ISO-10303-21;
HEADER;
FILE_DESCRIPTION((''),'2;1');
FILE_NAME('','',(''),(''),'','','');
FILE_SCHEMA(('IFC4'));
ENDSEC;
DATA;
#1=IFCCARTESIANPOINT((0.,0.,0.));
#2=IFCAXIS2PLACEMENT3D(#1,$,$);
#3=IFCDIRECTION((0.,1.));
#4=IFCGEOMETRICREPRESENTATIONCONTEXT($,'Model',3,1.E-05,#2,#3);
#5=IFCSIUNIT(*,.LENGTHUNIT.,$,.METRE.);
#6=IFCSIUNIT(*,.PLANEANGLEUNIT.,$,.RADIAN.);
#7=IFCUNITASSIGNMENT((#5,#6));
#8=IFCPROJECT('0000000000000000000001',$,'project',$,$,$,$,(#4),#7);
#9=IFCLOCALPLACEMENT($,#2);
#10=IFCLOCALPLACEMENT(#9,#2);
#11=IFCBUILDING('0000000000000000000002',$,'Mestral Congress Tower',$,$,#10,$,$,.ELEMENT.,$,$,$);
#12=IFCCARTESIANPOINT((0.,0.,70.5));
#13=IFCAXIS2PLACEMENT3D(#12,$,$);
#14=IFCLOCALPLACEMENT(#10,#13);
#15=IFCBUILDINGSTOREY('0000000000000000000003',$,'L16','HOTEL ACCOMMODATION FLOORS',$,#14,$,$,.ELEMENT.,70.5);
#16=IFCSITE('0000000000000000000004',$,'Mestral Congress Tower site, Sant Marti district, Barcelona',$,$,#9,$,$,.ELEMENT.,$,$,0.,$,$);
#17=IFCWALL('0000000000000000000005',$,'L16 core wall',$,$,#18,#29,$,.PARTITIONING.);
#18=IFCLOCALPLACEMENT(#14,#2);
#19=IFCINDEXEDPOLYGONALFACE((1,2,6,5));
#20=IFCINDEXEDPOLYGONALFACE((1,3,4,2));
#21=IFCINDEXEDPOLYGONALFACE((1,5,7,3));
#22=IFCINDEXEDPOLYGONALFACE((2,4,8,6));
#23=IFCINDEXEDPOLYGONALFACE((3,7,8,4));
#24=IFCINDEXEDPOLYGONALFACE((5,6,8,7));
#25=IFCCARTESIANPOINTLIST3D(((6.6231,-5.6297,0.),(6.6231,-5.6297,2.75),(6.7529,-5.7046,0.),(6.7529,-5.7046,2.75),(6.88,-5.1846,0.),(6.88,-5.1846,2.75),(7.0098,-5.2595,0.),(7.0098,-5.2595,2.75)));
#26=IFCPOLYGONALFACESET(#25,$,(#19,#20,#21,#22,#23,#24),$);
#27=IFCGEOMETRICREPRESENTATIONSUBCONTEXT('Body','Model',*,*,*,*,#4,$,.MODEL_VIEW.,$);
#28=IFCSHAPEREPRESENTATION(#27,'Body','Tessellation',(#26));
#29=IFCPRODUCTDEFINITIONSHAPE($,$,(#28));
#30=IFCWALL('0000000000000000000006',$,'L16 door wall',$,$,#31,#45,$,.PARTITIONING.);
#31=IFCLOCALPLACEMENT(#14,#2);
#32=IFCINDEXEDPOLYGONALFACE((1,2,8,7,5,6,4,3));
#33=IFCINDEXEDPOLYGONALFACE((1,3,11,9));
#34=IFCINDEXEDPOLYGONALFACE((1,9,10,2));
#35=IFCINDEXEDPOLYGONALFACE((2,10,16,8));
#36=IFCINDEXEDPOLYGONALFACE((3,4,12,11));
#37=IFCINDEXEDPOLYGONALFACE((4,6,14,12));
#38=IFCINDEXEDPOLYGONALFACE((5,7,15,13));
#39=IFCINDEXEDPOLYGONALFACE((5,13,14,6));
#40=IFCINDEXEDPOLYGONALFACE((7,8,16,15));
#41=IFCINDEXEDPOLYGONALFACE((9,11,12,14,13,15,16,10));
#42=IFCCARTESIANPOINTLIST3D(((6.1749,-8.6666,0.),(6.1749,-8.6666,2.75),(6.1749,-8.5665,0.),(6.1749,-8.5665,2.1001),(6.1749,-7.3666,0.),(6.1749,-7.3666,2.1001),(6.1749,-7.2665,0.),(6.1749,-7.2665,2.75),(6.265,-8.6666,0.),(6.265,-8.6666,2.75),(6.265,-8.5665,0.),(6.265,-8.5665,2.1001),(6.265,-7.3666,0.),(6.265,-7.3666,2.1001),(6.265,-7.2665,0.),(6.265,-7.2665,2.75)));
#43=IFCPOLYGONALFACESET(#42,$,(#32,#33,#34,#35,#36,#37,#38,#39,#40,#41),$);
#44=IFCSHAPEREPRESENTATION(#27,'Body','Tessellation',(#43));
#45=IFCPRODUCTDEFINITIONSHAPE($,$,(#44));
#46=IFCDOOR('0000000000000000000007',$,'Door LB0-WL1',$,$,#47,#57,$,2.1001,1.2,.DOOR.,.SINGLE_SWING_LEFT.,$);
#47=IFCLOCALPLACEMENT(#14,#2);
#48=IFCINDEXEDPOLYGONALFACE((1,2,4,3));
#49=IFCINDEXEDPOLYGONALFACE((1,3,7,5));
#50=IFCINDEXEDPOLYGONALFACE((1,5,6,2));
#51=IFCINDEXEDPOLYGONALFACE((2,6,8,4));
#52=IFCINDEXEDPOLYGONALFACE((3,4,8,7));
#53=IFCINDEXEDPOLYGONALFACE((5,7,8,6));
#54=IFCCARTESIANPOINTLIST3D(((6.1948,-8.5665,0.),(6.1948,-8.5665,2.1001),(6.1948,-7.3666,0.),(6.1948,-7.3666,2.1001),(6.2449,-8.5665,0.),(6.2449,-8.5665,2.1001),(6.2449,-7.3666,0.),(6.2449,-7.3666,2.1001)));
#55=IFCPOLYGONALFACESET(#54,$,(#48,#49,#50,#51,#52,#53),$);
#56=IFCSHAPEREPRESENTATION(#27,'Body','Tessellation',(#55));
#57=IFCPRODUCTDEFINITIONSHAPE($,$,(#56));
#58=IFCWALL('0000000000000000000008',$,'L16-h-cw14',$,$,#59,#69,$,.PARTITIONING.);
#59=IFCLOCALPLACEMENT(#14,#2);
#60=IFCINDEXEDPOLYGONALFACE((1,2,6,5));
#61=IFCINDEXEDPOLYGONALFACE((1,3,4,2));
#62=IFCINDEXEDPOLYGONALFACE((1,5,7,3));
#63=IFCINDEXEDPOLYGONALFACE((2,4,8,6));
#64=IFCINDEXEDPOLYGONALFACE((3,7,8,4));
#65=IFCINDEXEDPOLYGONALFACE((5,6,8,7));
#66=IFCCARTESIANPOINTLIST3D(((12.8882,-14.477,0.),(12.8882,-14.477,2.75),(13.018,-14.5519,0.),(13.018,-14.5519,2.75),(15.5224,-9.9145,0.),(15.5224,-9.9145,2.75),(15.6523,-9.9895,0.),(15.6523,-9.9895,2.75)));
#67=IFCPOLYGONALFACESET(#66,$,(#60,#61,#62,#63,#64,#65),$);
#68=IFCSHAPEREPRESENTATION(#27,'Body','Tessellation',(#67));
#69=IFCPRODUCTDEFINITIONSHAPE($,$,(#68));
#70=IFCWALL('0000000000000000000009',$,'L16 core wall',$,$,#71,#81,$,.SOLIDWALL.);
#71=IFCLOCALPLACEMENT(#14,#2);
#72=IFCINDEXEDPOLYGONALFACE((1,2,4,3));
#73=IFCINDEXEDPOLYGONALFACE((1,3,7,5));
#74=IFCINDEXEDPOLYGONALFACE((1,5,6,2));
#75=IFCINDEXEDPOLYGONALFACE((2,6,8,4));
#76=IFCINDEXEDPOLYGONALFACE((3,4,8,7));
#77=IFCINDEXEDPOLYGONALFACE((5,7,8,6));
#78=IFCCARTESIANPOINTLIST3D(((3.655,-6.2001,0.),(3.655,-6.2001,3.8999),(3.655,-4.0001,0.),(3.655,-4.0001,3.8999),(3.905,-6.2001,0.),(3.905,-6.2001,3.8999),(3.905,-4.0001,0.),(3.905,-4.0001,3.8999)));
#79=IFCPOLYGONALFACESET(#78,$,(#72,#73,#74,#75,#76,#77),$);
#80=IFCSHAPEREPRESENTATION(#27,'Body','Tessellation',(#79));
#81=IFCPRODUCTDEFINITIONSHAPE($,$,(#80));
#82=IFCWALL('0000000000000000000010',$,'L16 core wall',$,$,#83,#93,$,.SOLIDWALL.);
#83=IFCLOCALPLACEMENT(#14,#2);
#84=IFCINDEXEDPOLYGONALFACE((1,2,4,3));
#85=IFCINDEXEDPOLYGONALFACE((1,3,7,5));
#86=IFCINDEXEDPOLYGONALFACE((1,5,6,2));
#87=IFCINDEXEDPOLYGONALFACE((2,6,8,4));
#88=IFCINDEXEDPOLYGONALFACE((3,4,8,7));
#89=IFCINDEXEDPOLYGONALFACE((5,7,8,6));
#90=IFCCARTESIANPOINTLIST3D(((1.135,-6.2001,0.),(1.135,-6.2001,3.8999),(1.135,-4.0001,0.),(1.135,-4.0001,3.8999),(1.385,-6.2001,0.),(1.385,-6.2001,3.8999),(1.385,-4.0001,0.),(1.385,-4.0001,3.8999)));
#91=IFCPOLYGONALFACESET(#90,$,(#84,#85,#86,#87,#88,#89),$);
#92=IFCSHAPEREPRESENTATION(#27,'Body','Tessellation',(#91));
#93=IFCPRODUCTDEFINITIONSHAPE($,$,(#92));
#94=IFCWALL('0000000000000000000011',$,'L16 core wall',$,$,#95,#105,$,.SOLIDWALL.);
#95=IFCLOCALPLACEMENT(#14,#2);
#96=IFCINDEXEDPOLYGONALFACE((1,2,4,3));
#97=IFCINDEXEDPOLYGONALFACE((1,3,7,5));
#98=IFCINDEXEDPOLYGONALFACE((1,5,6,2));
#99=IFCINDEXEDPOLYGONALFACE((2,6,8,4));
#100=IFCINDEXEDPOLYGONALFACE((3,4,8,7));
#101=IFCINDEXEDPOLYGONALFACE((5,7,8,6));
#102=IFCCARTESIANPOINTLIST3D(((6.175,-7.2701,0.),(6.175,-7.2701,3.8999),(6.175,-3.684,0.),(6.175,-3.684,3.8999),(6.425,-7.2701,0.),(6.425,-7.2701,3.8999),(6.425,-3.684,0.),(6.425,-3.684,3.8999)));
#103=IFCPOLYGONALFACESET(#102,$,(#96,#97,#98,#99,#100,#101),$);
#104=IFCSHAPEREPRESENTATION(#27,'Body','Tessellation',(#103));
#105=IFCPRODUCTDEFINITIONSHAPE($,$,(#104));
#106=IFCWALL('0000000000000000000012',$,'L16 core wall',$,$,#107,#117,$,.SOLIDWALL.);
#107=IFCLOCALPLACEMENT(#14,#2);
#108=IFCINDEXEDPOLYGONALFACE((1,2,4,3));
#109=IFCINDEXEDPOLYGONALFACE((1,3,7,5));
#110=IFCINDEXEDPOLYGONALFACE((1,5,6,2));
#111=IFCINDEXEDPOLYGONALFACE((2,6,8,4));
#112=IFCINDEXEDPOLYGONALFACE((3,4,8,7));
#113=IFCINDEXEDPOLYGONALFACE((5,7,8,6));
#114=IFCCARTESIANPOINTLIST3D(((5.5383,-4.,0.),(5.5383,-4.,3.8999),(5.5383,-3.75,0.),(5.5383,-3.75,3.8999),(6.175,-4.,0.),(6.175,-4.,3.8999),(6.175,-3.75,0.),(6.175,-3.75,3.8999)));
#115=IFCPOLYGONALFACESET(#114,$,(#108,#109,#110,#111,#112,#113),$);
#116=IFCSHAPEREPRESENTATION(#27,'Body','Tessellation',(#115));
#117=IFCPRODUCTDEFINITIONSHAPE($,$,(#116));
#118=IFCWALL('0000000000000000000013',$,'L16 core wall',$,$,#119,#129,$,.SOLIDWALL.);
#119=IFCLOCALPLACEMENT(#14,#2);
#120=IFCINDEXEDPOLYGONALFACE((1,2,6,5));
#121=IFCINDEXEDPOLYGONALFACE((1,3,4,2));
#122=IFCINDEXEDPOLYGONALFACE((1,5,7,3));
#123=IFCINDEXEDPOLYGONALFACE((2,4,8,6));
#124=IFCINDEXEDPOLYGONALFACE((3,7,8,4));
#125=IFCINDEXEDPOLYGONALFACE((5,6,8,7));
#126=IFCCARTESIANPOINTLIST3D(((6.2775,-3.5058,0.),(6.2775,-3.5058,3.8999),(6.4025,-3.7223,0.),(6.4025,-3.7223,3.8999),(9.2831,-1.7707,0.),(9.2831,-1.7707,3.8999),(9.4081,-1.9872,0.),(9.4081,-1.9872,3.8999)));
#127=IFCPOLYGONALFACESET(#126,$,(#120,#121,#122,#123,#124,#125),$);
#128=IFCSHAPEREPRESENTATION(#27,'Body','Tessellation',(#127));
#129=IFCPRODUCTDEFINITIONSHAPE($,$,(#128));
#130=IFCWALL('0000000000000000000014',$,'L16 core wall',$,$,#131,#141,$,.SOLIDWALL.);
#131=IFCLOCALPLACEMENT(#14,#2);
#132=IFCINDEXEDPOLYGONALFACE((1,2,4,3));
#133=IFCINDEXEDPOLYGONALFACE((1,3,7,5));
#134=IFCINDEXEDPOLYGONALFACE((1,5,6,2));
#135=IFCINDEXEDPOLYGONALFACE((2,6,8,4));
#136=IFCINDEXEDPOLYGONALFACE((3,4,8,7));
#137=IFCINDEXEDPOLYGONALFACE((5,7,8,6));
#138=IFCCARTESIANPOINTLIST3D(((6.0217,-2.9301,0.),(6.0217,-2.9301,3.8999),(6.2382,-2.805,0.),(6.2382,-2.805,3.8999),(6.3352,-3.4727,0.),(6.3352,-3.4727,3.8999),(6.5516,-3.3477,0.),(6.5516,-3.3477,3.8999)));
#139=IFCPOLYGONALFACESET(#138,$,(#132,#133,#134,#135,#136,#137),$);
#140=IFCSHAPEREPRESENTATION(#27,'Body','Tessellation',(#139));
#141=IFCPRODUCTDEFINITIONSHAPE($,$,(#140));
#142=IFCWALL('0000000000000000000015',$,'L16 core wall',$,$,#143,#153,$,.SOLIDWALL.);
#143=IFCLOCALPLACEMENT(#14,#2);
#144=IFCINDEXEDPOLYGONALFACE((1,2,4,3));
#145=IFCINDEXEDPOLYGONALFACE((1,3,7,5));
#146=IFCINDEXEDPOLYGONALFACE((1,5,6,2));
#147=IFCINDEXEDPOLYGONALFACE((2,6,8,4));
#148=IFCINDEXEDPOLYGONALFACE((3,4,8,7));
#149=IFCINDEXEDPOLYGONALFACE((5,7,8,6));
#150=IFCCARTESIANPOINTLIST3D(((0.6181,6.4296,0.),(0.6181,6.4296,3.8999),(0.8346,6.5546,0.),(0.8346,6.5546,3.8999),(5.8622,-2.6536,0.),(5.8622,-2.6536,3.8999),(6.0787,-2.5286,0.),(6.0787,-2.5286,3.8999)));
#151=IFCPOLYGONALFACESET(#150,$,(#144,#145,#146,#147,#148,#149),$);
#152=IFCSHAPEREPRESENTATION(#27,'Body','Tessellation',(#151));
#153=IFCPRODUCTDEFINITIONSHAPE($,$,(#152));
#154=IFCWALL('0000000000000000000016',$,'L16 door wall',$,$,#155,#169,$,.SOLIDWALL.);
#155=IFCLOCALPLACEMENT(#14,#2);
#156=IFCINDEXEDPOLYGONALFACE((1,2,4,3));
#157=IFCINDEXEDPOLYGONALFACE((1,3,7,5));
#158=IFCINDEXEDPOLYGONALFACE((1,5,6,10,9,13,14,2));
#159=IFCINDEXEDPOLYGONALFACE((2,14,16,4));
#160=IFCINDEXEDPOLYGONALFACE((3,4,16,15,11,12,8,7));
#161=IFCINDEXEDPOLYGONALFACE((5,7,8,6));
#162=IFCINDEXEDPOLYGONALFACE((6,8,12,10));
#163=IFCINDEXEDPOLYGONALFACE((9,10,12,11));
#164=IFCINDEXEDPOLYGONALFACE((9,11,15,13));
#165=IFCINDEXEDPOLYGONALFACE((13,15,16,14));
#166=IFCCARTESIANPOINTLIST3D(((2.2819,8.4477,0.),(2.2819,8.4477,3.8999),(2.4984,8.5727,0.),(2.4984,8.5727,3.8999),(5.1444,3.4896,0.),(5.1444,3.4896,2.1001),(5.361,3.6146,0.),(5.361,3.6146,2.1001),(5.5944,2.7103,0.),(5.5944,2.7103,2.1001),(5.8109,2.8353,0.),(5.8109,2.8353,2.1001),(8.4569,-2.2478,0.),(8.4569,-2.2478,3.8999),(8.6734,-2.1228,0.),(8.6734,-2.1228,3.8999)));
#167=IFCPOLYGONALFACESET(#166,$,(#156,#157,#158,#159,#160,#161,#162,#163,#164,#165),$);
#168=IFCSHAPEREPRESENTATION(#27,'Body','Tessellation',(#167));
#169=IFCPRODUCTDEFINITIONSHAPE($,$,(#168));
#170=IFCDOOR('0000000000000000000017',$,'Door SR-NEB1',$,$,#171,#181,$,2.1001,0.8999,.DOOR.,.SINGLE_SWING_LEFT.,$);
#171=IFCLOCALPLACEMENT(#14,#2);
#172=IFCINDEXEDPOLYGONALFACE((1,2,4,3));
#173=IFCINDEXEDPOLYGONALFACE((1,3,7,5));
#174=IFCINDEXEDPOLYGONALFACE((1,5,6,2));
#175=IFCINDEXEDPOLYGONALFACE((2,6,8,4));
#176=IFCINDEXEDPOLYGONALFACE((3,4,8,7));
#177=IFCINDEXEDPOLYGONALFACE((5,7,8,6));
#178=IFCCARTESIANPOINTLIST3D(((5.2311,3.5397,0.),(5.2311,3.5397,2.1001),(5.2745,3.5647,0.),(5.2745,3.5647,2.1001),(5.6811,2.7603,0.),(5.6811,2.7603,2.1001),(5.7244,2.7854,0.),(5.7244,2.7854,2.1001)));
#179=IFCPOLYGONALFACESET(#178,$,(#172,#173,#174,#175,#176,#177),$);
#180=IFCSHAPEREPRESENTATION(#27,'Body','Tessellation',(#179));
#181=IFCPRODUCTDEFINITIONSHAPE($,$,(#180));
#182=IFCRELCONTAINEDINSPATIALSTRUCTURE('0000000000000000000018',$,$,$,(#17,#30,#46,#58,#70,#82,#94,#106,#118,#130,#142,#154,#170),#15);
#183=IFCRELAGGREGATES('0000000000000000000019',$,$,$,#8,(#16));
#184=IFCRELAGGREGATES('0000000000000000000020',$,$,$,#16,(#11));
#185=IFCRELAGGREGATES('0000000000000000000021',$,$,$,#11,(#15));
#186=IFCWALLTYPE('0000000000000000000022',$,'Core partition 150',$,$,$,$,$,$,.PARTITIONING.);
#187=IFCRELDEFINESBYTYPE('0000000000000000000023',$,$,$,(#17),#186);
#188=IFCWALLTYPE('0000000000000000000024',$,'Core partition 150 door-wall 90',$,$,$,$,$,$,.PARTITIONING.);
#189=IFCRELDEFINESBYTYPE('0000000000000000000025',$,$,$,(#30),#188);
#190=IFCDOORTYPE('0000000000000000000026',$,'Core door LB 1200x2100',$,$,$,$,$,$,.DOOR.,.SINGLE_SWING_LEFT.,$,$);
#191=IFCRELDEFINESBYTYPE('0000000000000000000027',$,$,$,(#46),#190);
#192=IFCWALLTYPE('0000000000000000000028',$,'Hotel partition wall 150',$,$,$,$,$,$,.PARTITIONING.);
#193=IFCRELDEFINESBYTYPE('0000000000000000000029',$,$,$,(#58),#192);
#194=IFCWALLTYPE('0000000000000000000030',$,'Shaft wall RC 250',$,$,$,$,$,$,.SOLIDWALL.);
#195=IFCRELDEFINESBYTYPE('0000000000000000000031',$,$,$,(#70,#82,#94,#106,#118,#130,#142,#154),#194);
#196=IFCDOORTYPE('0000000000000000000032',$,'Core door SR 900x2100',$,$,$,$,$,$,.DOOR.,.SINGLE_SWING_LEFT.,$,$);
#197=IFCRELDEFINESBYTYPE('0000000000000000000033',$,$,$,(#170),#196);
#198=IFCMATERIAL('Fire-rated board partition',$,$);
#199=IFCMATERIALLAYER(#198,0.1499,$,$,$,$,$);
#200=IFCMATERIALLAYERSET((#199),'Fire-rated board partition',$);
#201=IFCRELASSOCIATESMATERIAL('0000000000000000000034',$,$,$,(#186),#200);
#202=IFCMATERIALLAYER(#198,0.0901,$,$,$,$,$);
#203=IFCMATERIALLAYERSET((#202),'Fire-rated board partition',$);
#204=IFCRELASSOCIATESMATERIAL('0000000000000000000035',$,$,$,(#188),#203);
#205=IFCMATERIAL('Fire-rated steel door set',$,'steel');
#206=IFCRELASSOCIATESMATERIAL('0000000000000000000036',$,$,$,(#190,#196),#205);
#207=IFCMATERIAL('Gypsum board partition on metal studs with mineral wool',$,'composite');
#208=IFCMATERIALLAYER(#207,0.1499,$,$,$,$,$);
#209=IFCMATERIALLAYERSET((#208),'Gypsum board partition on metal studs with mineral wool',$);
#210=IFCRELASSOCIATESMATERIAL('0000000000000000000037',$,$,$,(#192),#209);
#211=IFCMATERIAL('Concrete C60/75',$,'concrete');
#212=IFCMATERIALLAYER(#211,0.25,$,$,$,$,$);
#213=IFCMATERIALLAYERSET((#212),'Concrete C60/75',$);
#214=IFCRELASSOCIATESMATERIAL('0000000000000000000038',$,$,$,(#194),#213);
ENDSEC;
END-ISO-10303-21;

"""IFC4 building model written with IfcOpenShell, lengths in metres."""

from ifc_helpers import new_model, si_unit, direction, frame, frame_2d, origin, place, context, subcontext, project, spatial, rectangle, extrude, material, layer, layer_set, type_object, element, fill, save


model = new_model("IFC4")

# Units and contexts
model_context = context("Model", 3, precision=1e-05, world=origin(), true_north=direction((0.0, 1.0)))
body_context = subcontext(model_context, "Body", "Model", "MODEL_VIEW")
ifc_project = project(units=[si_unit("LENGTHUNIT", "METRE"), si_unit("PLANEANGLEUNIT", "RADIAN")], contexts=[model_context])

# Site, building, storey
site_placement = place(None, origin())
site = spatial("IfcSite", under=ifc_project, at=site_placement, Name="Mestral Congress Tower site, Sant Marti district, Barcelona", CompositionType="ELEMENT", RefElevation=0.0)
building_placement = place(site_placement, origin())
building = spatial("IfcBuilding", under=site, at=building_placement, Name="Mestral Congress Tower", CompositionType="ELEMENT")
storey_placement = place(building_placement, frame((0.0, 0.0, 70.5)))
storey = spatial("IfcBuildingStorey", under=building, at=storey_placement, Name="L16", Description="HOTEL ACCOMMODATION FLOORS", CompositionType="ELEMENT", Elevation=70.5)

# Wall
ifc_material_1 = material(Name="Fire-rated board partition")
ifc_layer_1 = layer(ifc_material_1, 0.1499)
ifc_layer_set_1 = layer_set([ifc_layer_1], Name="Fire-rated board partition")
wall_type_1 = type_object("IfcWallType", Name="Core partition 150", PredefinedType="PARTITIONING", material=ifc_layer_set_1)
wall_1_placement = place(storey_placement, frame((6.9448, -5.2222, 0.0), z_axis=(0.0, 0.0, 1.0), x_axis=(-0.499818, -0.86613, 0.0)))
element("IfcWall", 1, at=wall_1_placement, inside=storey, type_object=wall_type_1, Name="L16 core wall", PredefinedType="PARTITIONING", context=body_context, shape_type="SweptSolid", body=[
    extrude(rectangle(XDim=0.5139, YDim=0.1499, at=frame_2d((0.2568, 0.0))), origin(), (0.0, 0.0, 1.0), 2.75),
])

# Wall, opening, door
ifc_layer_2 = layer(ifc_material_1, 0.0901)
ifc_layer_set_2 = layer_set([ifc_layer_2], Name="Fire-rated board partition")
wall_type_2 = type_object("IfcWallType", Name="Core partition 150 door-wall 90", PredefinedType="PARTITIONING", material=ifc_layer_set_2)
wall_2_placement = place(storey_placement, frame((6.22, -7.2664, 0.0), z_axis=(0.0, 0.0, 1.0), x_axis=(0.0, -1.0, 0.0)))
wall_2 = element("IfcWall", 2, at=wall_2_placement, inside=storey, type_object=wall_type_2, Name="L16 door wall", PredefinedType="PARTITIONING", context=body_context, shape_type="SweptSolid", body=[
    extrude(rectangle(XDim=1.4001, YDim=0.0901, at=frame_2d((0.7002, 0.0))), origin(), (0.0, 0.0, 1.0), 2.75),
])
opening_1_placement = place(wall_2_placement, frame((0.1001, 0.0, 0.0)))
opening_1 = element("IfcOpeningElement", 3, at=opening_1_placement, cuts=wall_2, PredefinedType="OPENING", context=body_context, shape_type="SweptSolid", body=[
    extrude(rectangle(XDim=1.2, YDim=2.1001, at=frame_2d((0.6001, 1.05))), frame((0.0, 0.0549, 0.0), z_axis=(0.0, -1.0, 0.0), x_axis=(1.0, 0.0, 0.0)), (0.0, 0.0, 1.0), 0.1101),
])
ifc_material_2 = material(Name="Fire-rated steel door set", Category="steel")
door_type_1 = type_object("IfcDoorType", Name="Core door LB 1200x2100", OperationType="SINGLE_SWING_LEFT", PredefinedType="DOOR", material=ifc_material_2)
door_1_placement = place(opening_1_placement, origin())
door_1 = element("IfcDoor", 4, at=door_1_placement, inside=storey, type_object=door_type_1, Name="Door LB0-WL1", OperationType="SINGLE_SWING_LEFT", OverallHeight=2.1001, OverallWidth=1.2, PredefinedType="DOOR", context=body_context, shape_type="SweptSolid", body=[
    extrude(rectangle(XDim=1.2, YDim=2.1001, at=frame_2d((0.6001, 1.05))), frame((0.0, 0.0249, 0.0), z_axis=(0.0, -1.0, 0.0), x_axis=(1.0, 0.0, 0.0)), (0.0, 0.0, 1.0), 0.05),
])
fill(opening_1, door_1)

# Walls
ifc_material_3 = material(Name="Gypsum board partition on metal studs with mineral wool", Category="composite")
ifc_layer_3 = layer(ifc_material_3, 0.1499)
ifc_layer_set_3 = layer_set([ifc_layer_3], Name="Gypsum board partition on metal studs with mineral wool")
wall_type_3 = type_object("IfcWallType", Name="Hotel partition wall 150", PredefinedType="PARTITIONING", material=ifc_layer_set_3)
wall_3_placement = place(storey_placement, frame((15.5874, -9.9519, 0.0), z_axis=(0.0, 0.0, 1.0), x_axis=(-0.500017, -0.866016, 0.0)))
element("IfcWall", 5, at=wall_3_placement, inside=storey, type_object=wall_type_3, Name="L16-h-cw14", PredefinedType="PARTITIONING", context=body_context, shape_type="SweptSolid", body=[
    extrude(rectangle(XDim=5.2683, YDim=0.1499, at=frame_2d((2.6343, 0.0))), origin(), (0.0, 0.0, 1.0), 2.75),
])
ifc_material_4 = material(Name="Concrete C60/75", Category="concrete")
ifc_layer_4 = layer(ifc_material_4, 0.25)
ifc_layer_set_4 = layer_set([ifc_layer_4], Name="Concrete C60/75")
wall_type_4 = type_object("IfcWallType", Name="Shaft wall RC 250", PredefinedType="SOLIDWALL", material=ifc_layer_set_4)
for number, where, z_axis, x_axis, name in (
    (6, (3.78, -4.0, 0.0), (0.0, 0.0, 1.0), (0.0, -1.0, 0.0), "L16 core wall"),
    (7, (1.26, -4.0, 0.0), (0.0, 0.0, 1.0), (0.0, -1.0, 0.0), "L16 core wall"),
):
    element("IfcWall", number, at=place(storey_placement, frame(where, z_axis=z_axis, x_axis=x_axis)), inside=storey, type_object=wall_type_4, Name=name, PredefinedType="SOLIDWALL", context=body_context, shape_type="SweptSolid", body=[
        extrude(rectangle(XDim=2.2, YDim=0.25, at=frame_2d((1.1001, 0.0))), origin(), (0.0, 0.0, 1.0), 3.8999),
    ])
wall_4_placement = place(storey_placement, frame((6.3, -7.27, 0.0), z_axis=(0.0, 0.0, 1.0), x_axis=(0.0, 1.0, 0.0)))
element("IfcWall", 8, at=wall_4_placement, inside=storey, type_object=wall_type_4, Name="L16 core wall", PredefinedType="SOLIDWALL", context=body_context, shape_type="SweptSolid", body=[
    extrude(rectangle(XDim=3.5862, YDim=0.25, at=frame_2d((1.793, 0.0))), origin(), (0.0, 0.0, 1.0), 3.8999),
])
wall_5_placement = place(storey_placement, frame((5.5383, -3.875, 0.0), z_axis=(0.0, 0.0, 1.0), x_axis=(1.0, 0.0, 0.0)))
element("IfcWall", 9, at=wall_5_placement, inside=storey, type_object=wall_type_4, Name="L16 core wall", PredefinedType="SOLIDWALL", context=body_context, shape_type="SweptSolid", body=[
    extrude(rectangle(XDim=0.6367, YDim=0.25, at=frame_2d((0.3184, 0.0))), origin(), (0.0, 0.0, 1.0), 3.8999),
])
wall_6_placement = place(storey_placement, frame((9.3457, -1.8789, 0.0), z_axis=(0.0, 0.0, 1.0), x_axis=(-0.866049, -0.49996, 0.0)))
element("IfcWall", 10, at=wall_6_placement, inside=storey, type_object=wall_type_4, Name="L16 core wall", PredefinedType="SOLIDWALL", context=body_context, shape_type="SweptSolid", body=[
    extrude(rectangle(XDim=3.4705, YDim=0.25, at=frame_2d((1.7354, 0.0))), origin(), (0.0, 0.0, 1.0), 3.8999),
])
wall_7_placement = place(storey_placement, frame((6.1299, -2.8674, 0.0), z_axis=(0.0, 0.0, 1.0), x_axis=(0.500161, -0.865933, 0.0)))
element("IfcWall", 11, at=wall_7_placement, inside=storey, type_object=wall_type_4, Name="L16 core wall", PredefinedType="SOLIDWALL", context=body_context, shape_type="SweptSolid", body=[
    extrude(rectangle(XDim=0.6267, YDim=0.25, at=frame_2d((0.3135, 0.0))), origin(), (0.0, 0.0, 1.0), 3.8999),
])
wall_8_placement = place(storey_placement, frame((5.9705, -2.5911, 0.0), z_axis=(0.0, 0.0, 1.0), x_axis=(-0.499994, 0.866029, 0.0)))
element("IfcWall", 12, at=wall_8_placement, inside=storey, type_object=wall_type_4, Name="L16 core wall", PredefinedType="SOLIDWALL", context=body_context, shape_type="SweptSolid", body=[
    extrude(rectangle(XDim=10.4883, YDim=0.25, at=frame_2d((5.2441, 0.0))), origin(), (0.0, 0.0, 1.0), 3.8999),
])

# Wall, opening, door
wall_9_placement = place(storey_placement, frame((8.5652, -2.1853, 0.0), z_axis=(0.0, 0.0, 1.0), x_axis=(-0.499998, 0.866027, 0.0)))
wall_9 = element("IfcWall", 13, at=wall_9_placement, inside=storey, type_object=wall_type_4, Name="L16 door wall", PredefinedType="SOLIDWALL", context=body_context, shape_type="SweptSolid", body=[
    extrude(rectangle(XDim=12.3501, YDim=0.25, at=frame_2d((6.175, 0.0))), origin(), (0.0, 0.0, 1.0), 3.8999),
])
opening_2_placement = place(wall_9_placement, frame((5.7251, 0.0, 0.0)))
opening_2 = element("IfcOpeningElement", 14, at=opening_2_placement, cuts=wall_9, PredefinedType="OPENING", context=body_context, shape_type="SweptSolid", body=[
    extrude(rectangle(XDim=0.8999, YDim=2.1001, at=frame_2d((0.45, 1.05))), frame((0.0, 0.135, 0.0), z_axis=(0.0, -1.0, 0.0), x_axis=(1.0, 0.0, 0.0)), (0.0, 0.0, 1.0), 0.27),
])
door_type_2 = type_object("IfcDoorType", Name="Core door SR 900x2100", OperationType="SINGLE_SWING_LEFT", PredefinedType="DOOR", material=ifc_material_2)
door_2_placement = place(opening_2_placement, origin())
door_2 = element("IfcDoor", 15, at=door_2_placement, inside=storey, type_object=door_type_2, Name="Door SR-NEB1", OperationType="SINGLE_SWING_LEFT", OverallHeight=2.1001, OverallWidth=0.8999, PredefinedType="DOOR", context=body_context, shape_type="SweptSolid", body=[
    extrude(rectangle(XDim=0.8999, YDim=2.1001, at=frame_2d((0.45, 1.05))), frame((0.0, 0.0249, 0.0), z_axis=(0.0, -1.0, 0.0), x_axis=(1.0, 0.0, 0.0)), (0.0, 0.0, 1.0), 0.05),
])
fill(opening_2, door_2)

save(model, "model.ifc")
